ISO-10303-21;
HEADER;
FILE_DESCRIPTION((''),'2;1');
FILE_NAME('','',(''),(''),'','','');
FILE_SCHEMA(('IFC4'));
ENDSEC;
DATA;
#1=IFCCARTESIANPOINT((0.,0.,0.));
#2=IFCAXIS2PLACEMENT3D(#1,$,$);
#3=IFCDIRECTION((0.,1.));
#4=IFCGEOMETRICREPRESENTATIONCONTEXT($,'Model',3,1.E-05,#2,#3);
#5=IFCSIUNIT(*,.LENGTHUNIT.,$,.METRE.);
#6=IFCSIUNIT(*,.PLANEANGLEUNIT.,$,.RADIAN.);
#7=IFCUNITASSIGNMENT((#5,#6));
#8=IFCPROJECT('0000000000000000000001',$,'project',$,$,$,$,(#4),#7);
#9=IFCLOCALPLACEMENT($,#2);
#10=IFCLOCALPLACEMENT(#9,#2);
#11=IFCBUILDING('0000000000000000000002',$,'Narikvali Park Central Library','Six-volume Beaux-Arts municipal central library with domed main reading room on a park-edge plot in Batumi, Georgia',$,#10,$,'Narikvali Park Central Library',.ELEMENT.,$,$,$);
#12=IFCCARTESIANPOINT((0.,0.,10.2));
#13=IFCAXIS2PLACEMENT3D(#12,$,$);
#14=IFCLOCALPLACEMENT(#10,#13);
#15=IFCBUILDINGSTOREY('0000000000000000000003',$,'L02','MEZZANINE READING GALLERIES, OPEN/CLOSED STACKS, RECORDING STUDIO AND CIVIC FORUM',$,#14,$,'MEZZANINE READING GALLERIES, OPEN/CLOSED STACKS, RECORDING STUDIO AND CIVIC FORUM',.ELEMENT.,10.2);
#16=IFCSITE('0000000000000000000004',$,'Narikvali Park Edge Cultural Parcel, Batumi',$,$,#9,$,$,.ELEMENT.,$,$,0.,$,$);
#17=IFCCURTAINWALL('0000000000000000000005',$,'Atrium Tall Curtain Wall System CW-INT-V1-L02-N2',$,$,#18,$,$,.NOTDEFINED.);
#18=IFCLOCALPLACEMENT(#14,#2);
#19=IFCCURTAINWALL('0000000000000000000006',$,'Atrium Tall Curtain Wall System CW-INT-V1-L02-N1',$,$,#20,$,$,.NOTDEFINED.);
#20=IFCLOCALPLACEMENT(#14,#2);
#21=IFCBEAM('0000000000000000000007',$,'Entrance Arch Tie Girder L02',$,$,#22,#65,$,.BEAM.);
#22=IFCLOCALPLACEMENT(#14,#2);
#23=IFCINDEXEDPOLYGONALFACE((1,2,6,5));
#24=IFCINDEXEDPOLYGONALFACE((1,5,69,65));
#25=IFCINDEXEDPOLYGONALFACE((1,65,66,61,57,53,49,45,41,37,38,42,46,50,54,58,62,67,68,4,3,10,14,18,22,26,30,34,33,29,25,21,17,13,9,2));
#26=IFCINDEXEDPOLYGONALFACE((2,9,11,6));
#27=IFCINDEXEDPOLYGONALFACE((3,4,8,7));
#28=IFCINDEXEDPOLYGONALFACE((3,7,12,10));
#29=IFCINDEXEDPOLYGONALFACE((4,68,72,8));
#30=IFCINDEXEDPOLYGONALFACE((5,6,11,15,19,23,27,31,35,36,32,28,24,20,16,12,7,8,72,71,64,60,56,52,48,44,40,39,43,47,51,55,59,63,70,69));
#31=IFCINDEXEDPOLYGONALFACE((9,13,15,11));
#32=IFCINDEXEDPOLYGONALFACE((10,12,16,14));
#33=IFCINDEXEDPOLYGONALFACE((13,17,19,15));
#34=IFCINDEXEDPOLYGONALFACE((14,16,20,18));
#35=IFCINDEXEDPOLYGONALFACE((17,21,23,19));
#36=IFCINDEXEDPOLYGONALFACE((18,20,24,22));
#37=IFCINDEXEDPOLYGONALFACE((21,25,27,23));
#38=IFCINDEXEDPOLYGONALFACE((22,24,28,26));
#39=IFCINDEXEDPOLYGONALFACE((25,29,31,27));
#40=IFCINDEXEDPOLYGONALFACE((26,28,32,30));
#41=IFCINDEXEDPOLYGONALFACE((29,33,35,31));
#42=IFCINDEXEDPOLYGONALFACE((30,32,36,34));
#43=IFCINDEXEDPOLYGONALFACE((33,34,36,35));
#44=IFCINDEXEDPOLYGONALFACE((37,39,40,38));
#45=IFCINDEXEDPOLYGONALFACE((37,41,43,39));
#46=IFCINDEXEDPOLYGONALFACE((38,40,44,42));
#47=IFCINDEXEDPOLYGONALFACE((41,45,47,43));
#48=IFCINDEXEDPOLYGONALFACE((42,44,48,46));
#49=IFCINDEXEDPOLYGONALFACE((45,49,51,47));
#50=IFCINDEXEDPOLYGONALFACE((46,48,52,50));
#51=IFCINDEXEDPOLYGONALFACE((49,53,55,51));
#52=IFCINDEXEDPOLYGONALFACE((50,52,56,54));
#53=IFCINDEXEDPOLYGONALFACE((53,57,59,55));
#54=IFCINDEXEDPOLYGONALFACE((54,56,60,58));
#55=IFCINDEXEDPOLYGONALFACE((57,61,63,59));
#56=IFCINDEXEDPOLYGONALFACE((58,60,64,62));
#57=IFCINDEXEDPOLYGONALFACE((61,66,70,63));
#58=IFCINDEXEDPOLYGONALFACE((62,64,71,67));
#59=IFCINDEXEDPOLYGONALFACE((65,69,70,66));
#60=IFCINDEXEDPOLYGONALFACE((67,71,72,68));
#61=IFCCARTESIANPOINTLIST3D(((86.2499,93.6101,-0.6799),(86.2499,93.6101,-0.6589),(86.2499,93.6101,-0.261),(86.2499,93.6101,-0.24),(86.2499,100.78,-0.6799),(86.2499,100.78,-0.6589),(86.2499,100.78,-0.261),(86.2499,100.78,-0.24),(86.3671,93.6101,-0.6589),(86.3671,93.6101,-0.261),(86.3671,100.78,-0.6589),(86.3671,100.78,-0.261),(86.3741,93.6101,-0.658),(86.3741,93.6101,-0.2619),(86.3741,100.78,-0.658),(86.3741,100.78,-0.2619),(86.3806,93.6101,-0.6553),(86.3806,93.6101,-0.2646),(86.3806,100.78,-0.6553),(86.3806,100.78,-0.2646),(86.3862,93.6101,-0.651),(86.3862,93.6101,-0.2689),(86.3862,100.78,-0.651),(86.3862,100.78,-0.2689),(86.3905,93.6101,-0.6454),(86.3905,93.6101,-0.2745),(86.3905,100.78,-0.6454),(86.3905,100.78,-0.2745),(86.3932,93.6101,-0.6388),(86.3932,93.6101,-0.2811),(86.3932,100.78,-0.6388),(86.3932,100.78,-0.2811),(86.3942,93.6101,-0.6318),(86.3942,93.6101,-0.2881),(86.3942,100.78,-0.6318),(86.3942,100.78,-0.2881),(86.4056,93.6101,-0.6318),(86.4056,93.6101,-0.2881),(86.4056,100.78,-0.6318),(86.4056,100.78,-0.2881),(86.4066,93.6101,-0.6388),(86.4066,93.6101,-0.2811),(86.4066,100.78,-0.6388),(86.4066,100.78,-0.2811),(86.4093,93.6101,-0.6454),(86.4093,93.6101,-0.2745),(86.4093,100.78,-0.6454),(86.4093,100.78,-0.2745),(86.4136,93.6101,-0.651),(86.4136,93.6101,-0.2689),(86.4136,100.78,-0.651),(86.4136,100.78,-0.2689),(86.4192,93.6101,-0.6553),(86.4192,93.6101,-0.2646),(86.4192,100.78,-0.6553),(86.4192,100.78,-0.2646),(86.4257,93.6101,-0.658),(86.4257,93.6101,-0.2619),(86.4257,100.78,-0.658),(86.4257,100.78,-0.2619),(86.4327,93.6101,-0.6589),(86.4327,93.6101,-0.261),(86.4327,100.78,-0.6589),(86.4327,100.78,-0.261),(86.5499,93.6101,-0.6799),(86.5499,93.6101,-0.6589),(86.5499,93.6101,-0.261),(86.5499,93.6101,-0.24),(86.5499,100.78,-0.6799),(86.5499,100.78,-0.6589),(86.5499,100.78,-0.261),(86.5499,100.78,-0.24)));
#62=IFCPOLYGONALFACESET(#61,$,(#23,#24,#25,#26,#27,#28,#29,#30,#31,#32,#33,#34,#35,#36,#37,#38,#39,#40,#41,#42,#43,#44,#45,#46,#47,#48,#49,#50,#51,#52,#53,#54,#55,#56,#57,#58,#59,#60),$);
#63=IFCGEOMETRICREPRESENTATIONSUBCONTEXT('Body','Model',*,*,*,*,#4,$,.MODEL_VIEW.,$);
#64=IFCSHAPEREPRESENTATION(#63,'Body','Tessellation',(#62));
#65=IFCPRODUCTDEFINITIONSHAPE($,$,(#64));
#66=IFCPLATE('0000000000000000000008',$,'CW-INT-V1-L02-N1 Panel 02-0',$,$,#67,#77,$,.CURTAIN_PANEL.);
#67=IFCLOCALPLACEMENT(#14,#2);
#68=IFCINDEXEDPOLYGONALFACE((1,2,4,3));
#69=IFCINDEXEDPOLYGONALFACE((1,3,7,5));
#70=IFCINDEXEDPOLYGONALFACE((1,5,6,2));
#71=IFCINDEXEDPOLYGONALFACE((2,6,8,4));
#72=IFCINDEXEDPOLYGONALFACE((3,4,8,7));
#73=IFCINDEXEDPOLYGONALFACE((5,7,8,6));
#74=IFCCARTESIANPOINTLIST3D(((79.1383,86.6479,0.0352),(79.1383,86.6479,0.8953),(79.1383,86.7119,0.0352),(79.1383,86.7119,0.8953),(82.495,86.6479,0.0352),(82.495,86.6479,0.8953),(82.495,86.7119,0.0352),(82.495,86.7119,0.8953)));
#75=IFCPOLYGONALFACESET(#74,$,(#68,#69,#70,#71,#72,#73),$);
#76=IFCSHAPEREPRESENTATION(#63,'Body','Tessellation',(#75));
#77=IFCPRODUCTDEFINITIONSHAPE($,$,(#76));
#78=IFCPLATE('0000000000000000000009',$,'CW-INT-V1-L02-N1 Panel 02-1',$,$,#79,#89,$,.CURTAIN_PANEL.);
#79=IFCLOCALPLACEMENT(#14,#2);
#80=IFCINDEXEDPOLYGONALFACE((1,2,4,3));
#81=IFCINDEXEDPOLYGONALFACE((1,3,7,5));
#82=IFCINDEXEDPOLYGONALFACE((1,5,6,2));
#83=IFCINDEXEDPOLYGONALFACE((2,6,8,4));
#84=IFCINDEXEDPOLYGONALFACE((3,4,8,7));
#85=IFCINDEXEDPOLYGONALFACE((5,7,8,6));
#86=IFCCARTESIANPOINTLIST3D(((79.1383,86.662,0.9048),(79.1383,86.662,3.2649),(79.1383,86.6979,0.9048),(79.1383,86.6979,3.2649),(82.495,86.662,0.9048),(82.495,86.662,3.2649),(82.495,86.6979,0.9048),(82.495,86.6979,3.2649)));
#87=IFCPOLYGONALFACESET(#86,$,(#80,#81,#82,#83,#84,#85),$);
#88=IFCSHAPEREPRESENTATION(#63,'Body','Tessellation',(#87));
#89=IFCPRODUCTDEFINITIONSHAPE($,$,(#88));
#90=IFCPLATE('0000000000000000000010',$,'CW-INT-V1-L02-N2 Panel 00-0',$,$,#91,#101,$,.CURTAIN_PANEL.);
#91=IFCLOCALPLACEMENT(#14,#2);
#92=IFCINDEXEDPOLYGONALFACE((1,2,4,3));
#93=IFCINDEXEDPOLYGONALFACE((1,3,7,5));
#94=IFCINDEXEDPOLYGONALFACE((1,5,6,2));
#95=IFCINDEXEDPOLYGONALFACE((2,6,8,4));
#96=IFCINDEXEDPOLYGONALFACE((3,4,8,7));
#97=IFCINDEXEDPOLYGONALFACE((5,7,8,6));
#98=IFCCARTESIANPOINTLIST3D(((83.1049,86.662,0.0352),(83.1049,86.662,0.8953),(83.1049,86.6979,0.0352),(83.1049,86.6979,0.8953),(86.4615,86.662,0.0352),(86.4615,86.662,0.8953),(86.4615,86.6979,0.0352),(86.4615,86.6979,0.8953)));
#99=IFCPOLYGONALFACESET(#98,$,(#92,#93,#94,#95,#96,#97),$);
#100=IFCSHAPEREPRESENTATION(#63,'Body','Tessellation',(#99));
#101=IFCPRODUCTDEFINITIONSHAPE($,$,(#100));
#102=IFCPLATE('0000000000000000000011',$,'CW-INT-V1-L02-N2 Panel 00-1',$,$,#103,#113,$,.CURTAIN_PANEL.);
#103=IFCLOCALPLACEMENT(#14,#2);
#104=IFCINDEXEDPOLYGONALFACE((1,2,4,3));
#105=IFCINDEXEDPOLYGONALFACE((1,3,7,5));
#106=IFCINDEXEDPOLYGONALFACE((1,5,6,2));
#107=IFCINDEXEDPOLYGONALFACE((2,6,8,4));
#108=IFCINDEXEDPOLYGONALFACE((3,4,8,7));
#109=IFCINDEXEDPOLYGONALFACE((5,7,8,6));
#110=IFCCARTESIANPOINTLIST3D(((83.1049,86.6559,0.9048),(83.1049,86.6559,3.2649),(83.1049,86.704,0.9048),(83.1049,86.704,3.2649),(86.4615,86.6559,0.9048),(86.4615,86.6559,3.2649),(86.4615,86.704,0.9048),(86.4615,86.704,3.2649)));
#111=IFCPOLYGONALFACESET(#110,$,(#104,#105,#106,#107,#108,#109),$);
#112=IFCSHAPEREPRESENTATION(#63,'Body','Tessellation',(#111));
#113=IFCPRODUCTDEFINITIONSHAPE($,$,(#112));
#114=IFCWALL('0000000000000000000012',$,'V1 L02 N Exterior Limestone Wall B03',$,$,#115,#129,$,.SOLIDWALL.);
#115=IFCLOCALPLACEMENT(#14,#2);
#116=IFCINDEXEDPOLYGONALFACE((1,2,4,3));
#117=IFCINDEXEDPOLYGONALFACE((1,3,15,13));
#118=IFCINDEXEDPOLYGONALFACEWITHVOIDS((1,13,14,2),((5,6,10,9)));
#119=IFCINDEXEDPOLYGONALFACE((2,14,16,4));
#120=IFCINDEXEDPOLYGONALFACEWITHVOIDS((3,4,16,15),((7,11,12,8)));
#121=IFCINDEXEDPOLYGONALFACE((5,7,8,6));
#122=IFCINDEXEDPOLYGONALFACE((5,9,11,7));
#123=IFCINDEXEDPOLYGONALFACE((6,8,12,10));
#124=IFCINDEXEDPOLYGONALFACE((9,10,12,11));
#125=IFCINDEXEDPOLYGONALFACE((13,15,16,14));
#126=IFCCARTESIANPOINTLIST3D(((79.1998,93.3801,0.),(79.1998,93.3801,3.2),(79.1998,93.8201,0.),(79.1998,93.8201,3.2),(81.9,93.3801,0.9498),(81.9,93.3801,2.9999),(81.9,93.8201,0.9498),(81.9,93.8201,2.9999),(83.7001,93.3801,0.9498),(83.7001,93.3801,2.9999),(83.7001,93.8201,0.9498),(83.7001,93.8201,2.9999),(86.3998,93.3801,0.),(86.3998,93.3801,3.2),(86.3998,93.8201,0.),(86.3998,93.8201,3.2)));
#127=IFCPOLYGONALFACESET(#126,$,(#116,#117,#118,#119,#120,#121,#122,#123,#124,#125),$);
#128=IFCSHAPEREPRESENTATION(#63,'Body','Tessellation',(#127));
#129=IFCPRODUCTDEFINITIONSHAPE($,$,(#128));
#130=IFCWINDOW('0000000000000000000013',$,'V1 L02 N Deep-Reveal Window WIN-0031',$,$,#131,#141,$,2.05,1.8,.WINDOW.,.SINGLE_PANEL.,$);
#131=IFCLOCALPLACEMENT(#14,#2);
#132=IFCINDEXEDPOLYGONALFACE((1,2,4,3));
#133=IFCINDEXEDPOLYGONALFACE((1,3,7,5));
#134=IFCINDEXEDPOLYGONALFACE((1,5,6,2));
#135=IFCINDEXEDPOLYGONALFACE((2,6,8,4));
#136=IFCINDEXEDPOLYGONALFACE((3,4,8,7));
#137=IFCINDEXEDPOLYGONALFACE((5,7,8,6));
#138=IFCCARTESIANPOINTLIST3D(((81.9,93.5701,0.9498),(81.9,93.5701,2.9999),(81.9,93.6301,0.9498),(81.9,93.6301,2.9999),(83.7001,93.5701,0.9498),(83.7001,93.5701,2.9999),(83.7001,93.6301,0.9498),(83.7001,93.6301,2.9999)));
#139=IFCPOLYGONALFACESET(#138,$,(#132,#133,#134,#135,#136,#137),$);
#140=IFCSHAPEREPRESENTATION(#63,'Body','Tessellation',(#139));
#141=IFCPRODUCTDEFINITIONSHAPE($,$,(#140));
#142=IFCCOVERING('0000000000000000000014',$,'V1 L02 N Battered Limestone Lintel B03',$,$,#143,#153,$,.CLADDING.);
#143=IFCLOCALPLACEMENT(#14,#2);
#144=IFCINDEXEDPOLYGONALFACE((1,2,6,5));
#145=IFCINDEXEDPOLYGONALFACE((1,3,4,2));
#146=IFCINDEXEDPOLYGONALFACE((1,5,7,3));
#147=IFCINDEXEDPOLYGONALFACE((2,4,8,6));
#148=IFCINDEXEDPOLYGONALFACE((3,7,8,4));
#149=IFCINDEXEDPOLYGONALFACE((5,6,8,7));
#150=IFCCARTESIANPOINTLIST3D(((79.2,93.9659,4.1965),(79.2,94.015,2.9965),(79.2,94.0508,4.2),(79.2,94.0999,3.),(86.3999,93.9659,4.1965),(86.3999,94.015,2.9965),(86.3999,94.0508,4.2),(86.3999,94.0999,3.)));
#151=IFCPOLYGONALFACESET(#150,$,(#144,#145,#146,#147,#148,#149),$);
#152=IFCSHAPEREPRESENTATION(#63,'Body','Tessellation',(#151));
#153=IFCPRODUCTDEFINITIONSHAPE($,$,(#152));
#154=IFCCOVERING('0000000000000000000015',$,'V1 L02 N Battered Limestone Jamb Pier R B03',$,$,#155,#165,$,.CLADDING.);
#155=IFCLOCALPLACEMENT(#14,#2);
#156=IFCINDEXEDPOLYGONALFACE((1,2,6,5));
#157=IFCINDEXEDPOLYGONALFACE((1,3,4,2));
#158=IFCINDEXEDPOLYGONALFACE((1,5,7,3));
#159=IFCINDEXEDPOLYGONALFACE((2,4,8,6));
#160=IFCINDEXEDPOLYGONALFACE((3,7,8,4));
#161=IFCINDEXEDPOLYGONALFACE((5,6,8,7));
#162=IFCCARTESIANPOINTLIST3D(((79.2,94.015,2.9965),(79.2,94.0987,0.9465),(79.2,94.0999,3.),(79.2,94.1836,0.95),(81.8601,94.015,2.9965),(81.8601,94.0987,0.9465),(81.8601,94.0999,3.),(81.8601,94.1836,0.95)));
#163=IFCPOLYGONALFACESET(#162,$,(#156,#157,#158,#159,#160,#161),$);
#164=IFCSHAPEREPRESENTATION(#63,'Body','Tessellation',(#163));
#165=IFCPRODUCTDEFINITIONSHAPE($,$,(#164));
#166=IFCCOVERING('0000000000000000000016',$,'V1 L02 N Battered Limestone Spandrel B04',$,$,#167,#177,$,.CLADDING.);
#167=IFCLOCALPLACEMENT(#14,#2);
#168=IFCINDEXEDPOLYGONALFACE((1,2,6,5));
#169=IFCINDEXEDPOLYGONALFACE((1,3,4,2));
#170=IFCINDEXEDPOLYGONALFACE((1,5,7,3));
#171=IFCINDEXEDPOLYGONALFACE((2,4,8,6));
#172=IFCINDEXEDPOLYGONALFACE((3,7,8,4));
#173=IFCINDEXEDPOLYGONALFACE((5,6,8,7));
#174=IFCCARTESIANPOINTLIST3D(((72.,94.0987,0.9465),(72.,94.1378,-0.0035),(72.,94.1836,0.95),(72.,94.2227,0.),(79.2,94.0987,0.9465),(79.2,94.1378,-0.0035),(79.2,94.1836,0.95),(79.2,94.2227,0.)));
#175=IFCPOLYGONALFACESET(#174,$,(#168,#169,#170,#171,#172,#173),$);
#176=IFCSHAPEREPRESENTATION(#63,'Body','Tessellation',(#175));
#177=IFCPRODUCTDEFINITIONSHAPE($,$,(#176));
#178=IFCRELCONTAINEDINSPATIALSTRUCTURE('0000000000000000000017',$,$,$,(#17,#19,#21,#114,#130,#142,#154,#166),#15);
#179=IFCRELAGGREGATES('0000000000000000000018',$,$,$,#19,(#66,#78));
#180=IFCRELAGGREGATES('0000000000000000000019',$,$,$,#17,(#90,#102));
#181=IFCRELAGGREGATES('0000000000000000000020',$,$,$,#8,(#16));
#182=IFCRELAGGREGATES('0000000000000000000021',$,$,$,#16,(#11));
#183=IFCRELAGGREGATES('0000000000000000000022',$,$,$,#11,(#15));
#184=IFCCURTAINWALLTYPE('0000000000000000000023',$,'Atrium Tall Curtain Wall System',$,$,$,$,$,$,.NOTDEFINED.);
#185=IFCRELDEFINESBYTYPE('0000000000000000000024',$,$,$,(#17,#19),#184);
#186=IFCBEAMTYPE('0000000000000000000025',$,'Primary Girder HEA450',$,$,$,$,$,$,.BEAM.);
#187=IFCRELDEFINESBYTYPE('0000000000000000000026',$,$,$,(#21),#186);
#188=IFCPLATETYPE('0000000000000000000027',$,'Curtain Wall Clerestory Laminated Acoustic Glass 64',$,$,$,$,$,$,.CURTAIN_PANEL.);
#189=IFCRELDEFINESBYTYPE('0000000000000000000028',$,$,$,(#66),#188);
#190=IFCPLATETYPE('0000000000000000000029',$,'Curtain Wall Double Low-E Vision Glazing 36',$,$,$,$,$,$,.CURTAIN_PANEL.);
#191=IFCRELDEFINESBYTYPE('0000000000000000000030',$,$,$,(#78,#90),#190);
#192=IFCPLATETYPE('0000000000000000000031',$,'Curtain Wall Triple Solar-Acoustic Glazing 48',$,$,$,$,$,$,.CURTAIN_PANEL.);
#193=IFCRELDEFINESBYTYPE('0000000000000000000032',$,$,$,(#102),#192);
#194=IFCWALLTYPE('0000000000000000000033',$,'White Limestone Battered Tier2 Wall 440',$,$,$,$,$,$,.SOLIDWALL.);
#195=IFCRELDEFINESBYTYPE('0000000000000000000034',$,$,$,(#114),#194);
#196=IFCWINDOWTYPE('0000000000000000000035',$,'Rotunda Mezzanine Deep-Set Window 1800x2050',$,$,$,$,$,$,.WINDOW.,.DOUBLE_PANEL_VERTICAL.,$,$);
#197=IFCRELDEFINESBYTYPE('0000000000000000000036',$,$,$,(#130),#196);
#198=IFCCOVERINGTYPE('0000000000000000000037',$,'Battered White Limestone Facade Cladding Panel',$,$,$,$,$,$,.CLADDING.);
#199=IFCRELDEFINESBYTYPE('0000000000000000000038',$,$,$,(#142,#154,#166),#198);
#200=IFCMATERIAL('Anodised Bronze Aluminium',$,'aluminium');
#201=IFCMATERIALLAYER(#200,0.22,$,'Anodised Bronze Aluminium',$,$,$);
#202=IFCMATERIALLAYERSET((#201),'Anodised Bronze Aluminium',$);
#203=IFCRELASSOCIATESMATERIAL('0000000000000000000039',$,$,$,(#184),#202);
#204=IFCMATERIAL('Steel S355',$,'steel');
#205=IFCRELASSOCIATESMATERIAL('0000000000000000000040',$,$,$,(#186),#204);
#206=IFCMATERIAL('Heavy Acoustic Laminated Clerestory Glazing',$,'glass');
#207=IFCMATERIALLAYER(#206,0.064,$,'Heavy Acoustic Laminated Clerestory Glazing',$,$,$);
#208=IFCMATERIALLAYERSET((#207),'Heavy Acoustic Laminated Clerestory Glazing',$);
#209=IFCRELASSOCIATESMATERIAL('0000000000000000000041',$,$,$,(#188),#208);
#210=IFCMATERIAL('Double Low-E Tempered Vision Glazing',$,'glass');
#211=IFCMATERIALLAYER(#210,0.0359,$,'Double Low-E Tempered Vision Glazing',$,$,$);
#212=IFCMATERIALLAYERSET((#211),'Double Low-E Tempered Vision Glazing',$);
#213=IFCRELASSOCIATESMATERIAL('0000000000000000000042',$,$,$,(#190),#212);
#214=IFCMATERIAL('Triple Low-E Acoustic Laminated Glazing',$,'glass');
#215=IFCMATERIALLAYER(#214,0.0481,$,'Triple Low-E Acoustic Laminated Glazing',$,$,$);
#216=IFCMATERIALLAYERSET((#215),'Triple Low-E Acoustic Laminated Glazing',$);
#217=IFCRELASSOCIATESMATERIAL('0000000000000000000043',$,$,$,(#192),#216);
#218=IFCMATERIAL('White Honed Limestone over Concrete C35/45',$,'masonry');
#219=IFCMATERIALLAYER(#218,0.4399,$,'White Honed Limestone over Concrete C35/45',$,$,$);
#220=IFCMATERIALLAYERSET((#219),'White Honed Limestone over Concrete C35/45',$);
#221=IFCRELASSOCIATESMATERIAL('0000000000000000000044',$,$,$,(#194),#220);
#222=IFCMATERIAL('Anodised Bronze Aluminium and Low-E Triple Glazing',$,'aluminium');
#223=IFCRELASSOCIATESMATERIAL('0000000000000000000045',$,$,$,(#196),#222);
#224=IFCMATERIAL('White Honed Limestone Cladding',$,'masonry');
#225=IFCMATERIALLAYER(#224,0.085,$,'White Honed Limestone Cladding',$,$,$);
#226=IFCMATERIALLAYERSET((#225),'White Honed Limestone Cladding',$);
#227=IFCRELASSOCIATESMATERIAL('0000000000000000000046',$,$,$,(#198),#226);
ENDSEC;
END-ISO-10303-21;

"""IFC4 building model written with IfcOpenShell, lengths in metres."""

from ifc_helpers import new_model, si_unit, direction, frame, frame_2d, origin, origin_2d, place, context, subcontext, project, spatial, polyline, rectangle, i_section, outline, extrude, material, layer, layer_set, material_profile, profile_set, type_object, element, fill, aggregate, save


model = new_model("IFC4")

# Units and contexts
model_context = context("Model", 3, precision=1e-05, world=origin(), true_north=direction((0.0, 1.0)))
body_context = subcontext(model_context, "Body", "Model", "MODEL_VIEW")
ifc_project = project(units=[si_unit("LENGTHUNIT", "METRE"), si_unit("PLANEANGLEUNIT", "RADIAN")], contexts=[model_context])

# Site, building, storey
site_placement = place(None, origin())
site = spatial("IfcSite", under=ifc_project, at=site_placement, Name="Narikvali Park Edge Cultural Parcel, Batumi", CompositionType="ELEMENT", RefElevation=0.0)
building_placement = place(site_placement, origin())
building = spatial("IfcBuilding", under=site, at=building_placement, Name="Narikvali Park Central Library", Description="Six-volume Beaux-Arts municipal central library with domed main reading room on a park-edge plot in Batumi, Georgia", LongName="Narikvali Park Central Library", CompositionType="ELEMENT")
storey_placement = place(building_placement, frame((0.0, 0.0, 10.2)))
storey = spatial("IfcBuildingStorey", under=building, at=storey_placement, Name="L02", Description="MEZZANINE READING GALLERIES, OPEN/CLOSED STACKS, RECORDING STUDIO AND CIVIC FORUM", LongName="MEZZANINE READING GALLERIES, OPEN/CLOSED STACKS, RECORDING STUDIO AND CIVIC FORUM", CompositionType="ELEMENT", Elevation=10.2)

# Shared definitions
ifc_material_1 = material(Name="Steel S355", Category="steel")

# Curtain wall
ifc_material_2 = material(Name="Anodised Bronze Aluminium", Category="aluminium")
ifc_layer_1 = layer(ifc_material_2, 0.22, Name="Anodised Bronze Aluminium")
ifc_layer_set_1 = layer_set([ifc_layer_1], Name="Anodised Bronze Aluminium")
curtain_wall_type = type_object("IfcCurtainWallType", Name="Atrium Tall Curtain Wall System", PredefinedType="NOTDEFINED", material=ifc_layer_set_1)
curtain_wall_1_placement = place(storey_placement, origin())
curtain_wall_1 = element("IfcCurtainWall", 1, at=curtain_wall_1_placement, inside=storey, type_object=curtain_wall_type, Name="Atrium Tall Curtain Wall System CW-INT-V1-L02-N2", PredefinedType="NOTDEFINED")

# Curtain wall
curtain_wall_2_placement = place(storey_placement, origin())
curtain_wall_2 = element("IfcCurtainWall", 2, at=curtain_wall_2_placement, inside=storey, type_object=curtain_wall_type, Name="Atrium Tall Curtain Wall System CW-INT-V1-L02-N1", PredefinedType="NOTDEFINED")

# Beam
ifc_material_profile_1 = material_profile(ifc_material_1, i_section(OverallWidth=0.3, OverallDepth=0.4399, WebThickness=0.0115, FlangeThickness=0.021, FilletRadius=0.0271, at=origin_2d()), Name="HEA 450")
ifc_profile_set_1 = profile_set([ifc_material_profile_1], Name="Steel S355")
beam_type_1 = type_object("IfcBeamType", Name="Primary Girder HEA450", PredefinedType="BEAM", material=ifc_profile_set_1)
for number, where, z_axis, x_axis, name in (
    (3, (86.3999, 93.6101, -0.46), (0.0, 1.0, 0.0), (-1.0, 0.0, 0.0), "Entrance Arch Tie Girder L02"),
):
    element("IfcBeam", number, at=place(storey_placement, frame(where, z_axis=z_axis, x_axis=x_axis)), inside=storey, type_object=beam_type_1, Name=name, PredefinedType="BEAM", context=body_context, shape_type="SweptSolid", body=[
        extrude(i_section(OverallWidth=0.3, OverallDepth=0.4399, WebThickness=0.0115, FlangeThickness=0.021, FilletRadius=0.0271, at=origin_2d()), origin(), (0.0, 0.0, 1.0), 7.1699),
    ])

# Plates
ifc_material_3 = material(Name="Heavy Acoustic Laminated Clerestory Glazing", Category="glass")
ifc_layer_2 = layer(ifc_material_3, 0.064, Name="Heavy Acoustic Laminated Clerestory Glazing")
ifc_layer_set_2 = layer_set([ifc_layer_2], Name="Heavy Acoustic Laminated Clerestory Glazing")
plate_type_1 = type_object("IfcPlateType", Name="Curtain Wall Clerestory Laminated Acoustic Glass 64", PredefinedType="CURTAIN_PANEL", material=ifc_layer_set_2)
plate_1_placement = place(storey_placement, frame((80.8167, 86.6799, 0.0352), z_axis=(0.0, 0.0, 1.0), x_axis=(1.0, 0.0, 0.0)))
plate_1 = element("IfcPlate", 4, at=plate_1_placement, type_object=plate_type_1, Name="CW-INT-V1-L02-N1 Panel 02-0", PredefinedType="CURTAIN_PANEL", context=body_context, shape_type="SweptSolid", body=[
    extrude(rectangle(XDim=3.3567, YDim=0.064, at=origin_2d()), origin(), (0.0, 0.0, 1.0), 0.8601),
])
ifc_material_4 = material(Name="Double Low-E Tempered Vision Glazing", Category="glass")
ifc_layer_3 = layer(ifc_material_4, 0.0359, Name="Double Low-E Tempered Vision Glazing")
ifc_layer_set_3 = layer_set([ifc_layer_3], Name="Double Low-E Tempered Vision Glazing")
plate_type_2 = type_object("IfcPlateType", Name="Curtain Wall Double Low-E Vision Glazing 36", PredefinedType="CURTAIN_PANEL", material=ifc_layer_set_3)
plate_2_placement = place(storey_placement, frame((80.8167, 86.6799, 0.9048), z_axis=(0.0, 0.0, 1.0), x_axis=(1.0, 0.0, 0.0)))
plate_2 = element("IfcPlate", 5, at=plate_2_placement, type_object=plate_type_2, Name="CW-INT-V1-L02-N1 Panel 02-1", PredefinedType="CURTAIN_PANEL", context=body_context, shape_type="SweptSolid", body=[
    extrude(rectangle(XDim=3.3567, YDim=0.0359, at=origin_2d()), origin(), (0.0, 0.0, 1.0), 2.3601),
])
aggregate(curtain_wall_2, [plate_1, plate_2])
plate_3_placement = place(storey_placement, frame((84.7832, 86.6799, 0.0352), z_axis=(0.0, 0.0, 1.0), x_axis=(1.0, 0.0, 0.0)))
plate_3 = element("IfcPlate", 6, at=plate_3_placement, type_object=plate_type_2, Name="CW-INT-V1-L02-N2 Panel 00-0", PredefinedType="CURTAIN_PANEL", context=body_context, shape_type="SweptSolid", body=[
    extrude(rectangle(XDim=3.3567, YDim=0.0359, at=origin_2d()), origin(), (0.0, 0.0, 1.0), 0.8601),
])
ifc_material_5 = material(Name="Triple Low-E Acoustic Laminated Glazing", Category="glass")
ifc_layer_4 = layer(ifc_material_5, 0.0481, Name="Triple Low-E Acoustic Laminated Glazing")
ifc_layer_set_4 = layer_set([ifc_layer_4], Name="Triple Low-E Acoustic Laminated Glazing")
plate_type_3 = type_object("IfcPlateType", Name="Curtain Wall Triple Solar-Acoustic Glazing 48", PredefinedType="CURTAIN_PANEL", material=ifc_layer_set_4)
plate_4_placement = place(storey_placement, frame((84.7832, 86.6799, 0.9048), z_axis=(0.0, 0.0, 1.0), x_axis=(1.0, 0.0, 0.0)))
plate_4 = element("IfcPlate", 7, at=plate_4_placement, type_object=plate_type_3, Name="CW-INT-V1-L02-N2 Panel 00-1", PredefinedType="CURTAIN_PANEL", context=body_context, shape_type="SweptSolid", body=[
    extrude(rectangle(XDim=3.3567, YDim=0.0481, at=origin_2d()), origin(), (0.0, 0.0, 1.0), 2.3601),
])
aggregate(curtain_wall_1, [plate_3, plate_4])

# Wall, opening, window
ifc_material_6 = material(Name="White Honed Limestone over Concrete C35/45", Category="masonry")
ifc_layer_5 = layer(ifc_material_6, 0.4399, Name="White Honed Limestone over Concrete C35/45")
ifc_layer_set_5 = layer_set([ifc_layer_5], Name="White Honed Limestone over Concrete C35/45")
wall_type = type_object("IfcWallType", Name="White Limestone Battered Tier2 Wall 440", PredefinedType="SOLIDWALL", material=ifc_layer_set_5)
wall_placement = place(storey_placement, frame((86.3999, 93.6001, 0.0), z_axis=(0.0, 0.0, 1.0), x_axis=(-1.0, 0.0, 0.0)))
wall = element("IfcWall", 8, at=wall_placement, inside=storey, type_object=wall_type, Name="V1 L02 N Exterior Limestone Wall B03", PredefinedType="SOLIDWALL", context=body_context, shape_type="SweptSolid", body=[
    extrude(rectangle(XDim=7.2, YDim=0.4399, at=frame_2d((3.6001, 0.0))), origin(), (0.0, 0.0, 1.0), 3.2),
])
opening_placement = place(wall_placement, frame((2.7, 0.0, 0.95)))
opening = element("IfcOpeningElement", 9, at=opening_placement, cuts=wall, PredefinedType="OPENING", context=body_context, shape_type="SweptSolid", body=[
    extrude(rectangle(XDim=1.8, YDim=2.05, at=frame_2d((0.8999, 1.0249))), frame((0.0, 0.2319, 0.0), z_axis=(0.0, -1.0, 0.0), x_axis=(1.0, 0.0, 0.0)), (0.0, 0.0, 1.0), 0.4639),
])
ifc_material_7 = material(Name="Anodised Bronze Aluminium and Low-E Triple Glazing", Category="aluminium")
window_type = type_object("IfcWindowType", Name="Rotunda Mezzanine Deep-Set Window 1800x2050", PartitioningType="DOUBLE_PANEL_VERTICAL", PredefinedType="WINDOW", material=ifc_material_7)
window_placement = place(opening_placement, origin())
window = element("IfcWindow", 10, at=window_placement, inside=storey, type_object=window_type, Name="V1 L02 N Deep-Reveal Window WIN-0031", OverallHeight=2.05, OverallWidth=1.8, PartitioningType="SINGLE_PANEL", PredefinedType="WINDOW", context=body_context, shape_type="SweptSolid", body=[
    extrude(rectangle(XDim=1.8, YDim=2.05, at=frame_2d((0.8999, 1.0249))), frame((0.0, 0.03, 0.0), z_axis=(0.0, -1.0, 0.0), x_axis=(1.0, 0.0, 0.0)), (0.0, 0.0, 1.0), 0.0601),
])
fill(opening, window)

# Coverings
ifc_material_8 = material(Name="White Honed Limestone Cladding", Category="masonry")
ifc_layer_6 = layer(ifc_material_8, 0.085, Name="White Honed Limestone Cladding")
ifc_layer_set_6 = layer_set([ifc_layer_6], Name="White Honed Limestone Cladding")
covering_type = type_object("IfcCoveringType", Name="Battered White Limestone Facade Cladding Panel", PredefinedType="CLADDING", material=ifc_layer_set_6)
covering_1_placement = place(storey_placement, frame((86.3999, 94.0999, 3.0), z_axis=(0.0, 0.999165, 0.040861), x_axis=(-1.0, 0.0, 0.0)))
element("IfcCovering", 11, at=covering_1_placement, inside=storey, type_object=covering_type, Name="V1 L02 N Battered Limestone Lintel B03", PredefinedType="CLADDING", context=body_context, shape_type="SweptSolid", body=[
    extrude(outline(polyline([(0.0, 0.0), (7.2, 0.0), (7.2, 1.201), (0.0, 1.201), (0.0, 0.0)])), origin(), (0.0, 0.0, -1.0), 0.085),
])
covering_2_placement = place(storey_placement, frame((81.8601, 94.1836, 0.95), z_axis=(0.0, 0.999167, 0.040814), x_axis=(-1.0, 0.0, 0.0)))
element("IfcCovering", 12, at=covering_2_placement, inside=storey, type_object=covering_type, Name="V1 L02 N Battered Limestone Jamb Pier R B03", PredefinedType="CLADDING", context=body_context, shape_type="SweptSolid", body=[
    extrude(outline(polyline([(0.0, 0.0), (2.6602, 0.0), (2.6602, 2.0518), (0.0, 2.0518), (0.0, 0.0)])), origin(), (0.0, 0.0, -1.0), 0.085),
])
covering_3_placement = place(storey_placement, frame((79.2, 94.2227, 0.0), z_axis=(0.0, 0.999156, 0.041086), x_axis=(-1.0, 0.0, 0.0)))
element("IfcCovering", 13, at=covering_3_placement, inside=storey, type_object=covering_type, Name="V1 L02 N Battered Limestone Spandrel B04", PredefinedType="CLADDING", context=body_context, shape_type="SweptSolid", body=[
    extrude(outline(polyline([(0.0, 0.0), (7.2, 0.0), (7.2, 0.9508), (0.0, 0.9508), (0.0, 0.0)])), origin(), (0.0, 0.0, -1.0), 0.085),
])

save(model, "model.ifc")
